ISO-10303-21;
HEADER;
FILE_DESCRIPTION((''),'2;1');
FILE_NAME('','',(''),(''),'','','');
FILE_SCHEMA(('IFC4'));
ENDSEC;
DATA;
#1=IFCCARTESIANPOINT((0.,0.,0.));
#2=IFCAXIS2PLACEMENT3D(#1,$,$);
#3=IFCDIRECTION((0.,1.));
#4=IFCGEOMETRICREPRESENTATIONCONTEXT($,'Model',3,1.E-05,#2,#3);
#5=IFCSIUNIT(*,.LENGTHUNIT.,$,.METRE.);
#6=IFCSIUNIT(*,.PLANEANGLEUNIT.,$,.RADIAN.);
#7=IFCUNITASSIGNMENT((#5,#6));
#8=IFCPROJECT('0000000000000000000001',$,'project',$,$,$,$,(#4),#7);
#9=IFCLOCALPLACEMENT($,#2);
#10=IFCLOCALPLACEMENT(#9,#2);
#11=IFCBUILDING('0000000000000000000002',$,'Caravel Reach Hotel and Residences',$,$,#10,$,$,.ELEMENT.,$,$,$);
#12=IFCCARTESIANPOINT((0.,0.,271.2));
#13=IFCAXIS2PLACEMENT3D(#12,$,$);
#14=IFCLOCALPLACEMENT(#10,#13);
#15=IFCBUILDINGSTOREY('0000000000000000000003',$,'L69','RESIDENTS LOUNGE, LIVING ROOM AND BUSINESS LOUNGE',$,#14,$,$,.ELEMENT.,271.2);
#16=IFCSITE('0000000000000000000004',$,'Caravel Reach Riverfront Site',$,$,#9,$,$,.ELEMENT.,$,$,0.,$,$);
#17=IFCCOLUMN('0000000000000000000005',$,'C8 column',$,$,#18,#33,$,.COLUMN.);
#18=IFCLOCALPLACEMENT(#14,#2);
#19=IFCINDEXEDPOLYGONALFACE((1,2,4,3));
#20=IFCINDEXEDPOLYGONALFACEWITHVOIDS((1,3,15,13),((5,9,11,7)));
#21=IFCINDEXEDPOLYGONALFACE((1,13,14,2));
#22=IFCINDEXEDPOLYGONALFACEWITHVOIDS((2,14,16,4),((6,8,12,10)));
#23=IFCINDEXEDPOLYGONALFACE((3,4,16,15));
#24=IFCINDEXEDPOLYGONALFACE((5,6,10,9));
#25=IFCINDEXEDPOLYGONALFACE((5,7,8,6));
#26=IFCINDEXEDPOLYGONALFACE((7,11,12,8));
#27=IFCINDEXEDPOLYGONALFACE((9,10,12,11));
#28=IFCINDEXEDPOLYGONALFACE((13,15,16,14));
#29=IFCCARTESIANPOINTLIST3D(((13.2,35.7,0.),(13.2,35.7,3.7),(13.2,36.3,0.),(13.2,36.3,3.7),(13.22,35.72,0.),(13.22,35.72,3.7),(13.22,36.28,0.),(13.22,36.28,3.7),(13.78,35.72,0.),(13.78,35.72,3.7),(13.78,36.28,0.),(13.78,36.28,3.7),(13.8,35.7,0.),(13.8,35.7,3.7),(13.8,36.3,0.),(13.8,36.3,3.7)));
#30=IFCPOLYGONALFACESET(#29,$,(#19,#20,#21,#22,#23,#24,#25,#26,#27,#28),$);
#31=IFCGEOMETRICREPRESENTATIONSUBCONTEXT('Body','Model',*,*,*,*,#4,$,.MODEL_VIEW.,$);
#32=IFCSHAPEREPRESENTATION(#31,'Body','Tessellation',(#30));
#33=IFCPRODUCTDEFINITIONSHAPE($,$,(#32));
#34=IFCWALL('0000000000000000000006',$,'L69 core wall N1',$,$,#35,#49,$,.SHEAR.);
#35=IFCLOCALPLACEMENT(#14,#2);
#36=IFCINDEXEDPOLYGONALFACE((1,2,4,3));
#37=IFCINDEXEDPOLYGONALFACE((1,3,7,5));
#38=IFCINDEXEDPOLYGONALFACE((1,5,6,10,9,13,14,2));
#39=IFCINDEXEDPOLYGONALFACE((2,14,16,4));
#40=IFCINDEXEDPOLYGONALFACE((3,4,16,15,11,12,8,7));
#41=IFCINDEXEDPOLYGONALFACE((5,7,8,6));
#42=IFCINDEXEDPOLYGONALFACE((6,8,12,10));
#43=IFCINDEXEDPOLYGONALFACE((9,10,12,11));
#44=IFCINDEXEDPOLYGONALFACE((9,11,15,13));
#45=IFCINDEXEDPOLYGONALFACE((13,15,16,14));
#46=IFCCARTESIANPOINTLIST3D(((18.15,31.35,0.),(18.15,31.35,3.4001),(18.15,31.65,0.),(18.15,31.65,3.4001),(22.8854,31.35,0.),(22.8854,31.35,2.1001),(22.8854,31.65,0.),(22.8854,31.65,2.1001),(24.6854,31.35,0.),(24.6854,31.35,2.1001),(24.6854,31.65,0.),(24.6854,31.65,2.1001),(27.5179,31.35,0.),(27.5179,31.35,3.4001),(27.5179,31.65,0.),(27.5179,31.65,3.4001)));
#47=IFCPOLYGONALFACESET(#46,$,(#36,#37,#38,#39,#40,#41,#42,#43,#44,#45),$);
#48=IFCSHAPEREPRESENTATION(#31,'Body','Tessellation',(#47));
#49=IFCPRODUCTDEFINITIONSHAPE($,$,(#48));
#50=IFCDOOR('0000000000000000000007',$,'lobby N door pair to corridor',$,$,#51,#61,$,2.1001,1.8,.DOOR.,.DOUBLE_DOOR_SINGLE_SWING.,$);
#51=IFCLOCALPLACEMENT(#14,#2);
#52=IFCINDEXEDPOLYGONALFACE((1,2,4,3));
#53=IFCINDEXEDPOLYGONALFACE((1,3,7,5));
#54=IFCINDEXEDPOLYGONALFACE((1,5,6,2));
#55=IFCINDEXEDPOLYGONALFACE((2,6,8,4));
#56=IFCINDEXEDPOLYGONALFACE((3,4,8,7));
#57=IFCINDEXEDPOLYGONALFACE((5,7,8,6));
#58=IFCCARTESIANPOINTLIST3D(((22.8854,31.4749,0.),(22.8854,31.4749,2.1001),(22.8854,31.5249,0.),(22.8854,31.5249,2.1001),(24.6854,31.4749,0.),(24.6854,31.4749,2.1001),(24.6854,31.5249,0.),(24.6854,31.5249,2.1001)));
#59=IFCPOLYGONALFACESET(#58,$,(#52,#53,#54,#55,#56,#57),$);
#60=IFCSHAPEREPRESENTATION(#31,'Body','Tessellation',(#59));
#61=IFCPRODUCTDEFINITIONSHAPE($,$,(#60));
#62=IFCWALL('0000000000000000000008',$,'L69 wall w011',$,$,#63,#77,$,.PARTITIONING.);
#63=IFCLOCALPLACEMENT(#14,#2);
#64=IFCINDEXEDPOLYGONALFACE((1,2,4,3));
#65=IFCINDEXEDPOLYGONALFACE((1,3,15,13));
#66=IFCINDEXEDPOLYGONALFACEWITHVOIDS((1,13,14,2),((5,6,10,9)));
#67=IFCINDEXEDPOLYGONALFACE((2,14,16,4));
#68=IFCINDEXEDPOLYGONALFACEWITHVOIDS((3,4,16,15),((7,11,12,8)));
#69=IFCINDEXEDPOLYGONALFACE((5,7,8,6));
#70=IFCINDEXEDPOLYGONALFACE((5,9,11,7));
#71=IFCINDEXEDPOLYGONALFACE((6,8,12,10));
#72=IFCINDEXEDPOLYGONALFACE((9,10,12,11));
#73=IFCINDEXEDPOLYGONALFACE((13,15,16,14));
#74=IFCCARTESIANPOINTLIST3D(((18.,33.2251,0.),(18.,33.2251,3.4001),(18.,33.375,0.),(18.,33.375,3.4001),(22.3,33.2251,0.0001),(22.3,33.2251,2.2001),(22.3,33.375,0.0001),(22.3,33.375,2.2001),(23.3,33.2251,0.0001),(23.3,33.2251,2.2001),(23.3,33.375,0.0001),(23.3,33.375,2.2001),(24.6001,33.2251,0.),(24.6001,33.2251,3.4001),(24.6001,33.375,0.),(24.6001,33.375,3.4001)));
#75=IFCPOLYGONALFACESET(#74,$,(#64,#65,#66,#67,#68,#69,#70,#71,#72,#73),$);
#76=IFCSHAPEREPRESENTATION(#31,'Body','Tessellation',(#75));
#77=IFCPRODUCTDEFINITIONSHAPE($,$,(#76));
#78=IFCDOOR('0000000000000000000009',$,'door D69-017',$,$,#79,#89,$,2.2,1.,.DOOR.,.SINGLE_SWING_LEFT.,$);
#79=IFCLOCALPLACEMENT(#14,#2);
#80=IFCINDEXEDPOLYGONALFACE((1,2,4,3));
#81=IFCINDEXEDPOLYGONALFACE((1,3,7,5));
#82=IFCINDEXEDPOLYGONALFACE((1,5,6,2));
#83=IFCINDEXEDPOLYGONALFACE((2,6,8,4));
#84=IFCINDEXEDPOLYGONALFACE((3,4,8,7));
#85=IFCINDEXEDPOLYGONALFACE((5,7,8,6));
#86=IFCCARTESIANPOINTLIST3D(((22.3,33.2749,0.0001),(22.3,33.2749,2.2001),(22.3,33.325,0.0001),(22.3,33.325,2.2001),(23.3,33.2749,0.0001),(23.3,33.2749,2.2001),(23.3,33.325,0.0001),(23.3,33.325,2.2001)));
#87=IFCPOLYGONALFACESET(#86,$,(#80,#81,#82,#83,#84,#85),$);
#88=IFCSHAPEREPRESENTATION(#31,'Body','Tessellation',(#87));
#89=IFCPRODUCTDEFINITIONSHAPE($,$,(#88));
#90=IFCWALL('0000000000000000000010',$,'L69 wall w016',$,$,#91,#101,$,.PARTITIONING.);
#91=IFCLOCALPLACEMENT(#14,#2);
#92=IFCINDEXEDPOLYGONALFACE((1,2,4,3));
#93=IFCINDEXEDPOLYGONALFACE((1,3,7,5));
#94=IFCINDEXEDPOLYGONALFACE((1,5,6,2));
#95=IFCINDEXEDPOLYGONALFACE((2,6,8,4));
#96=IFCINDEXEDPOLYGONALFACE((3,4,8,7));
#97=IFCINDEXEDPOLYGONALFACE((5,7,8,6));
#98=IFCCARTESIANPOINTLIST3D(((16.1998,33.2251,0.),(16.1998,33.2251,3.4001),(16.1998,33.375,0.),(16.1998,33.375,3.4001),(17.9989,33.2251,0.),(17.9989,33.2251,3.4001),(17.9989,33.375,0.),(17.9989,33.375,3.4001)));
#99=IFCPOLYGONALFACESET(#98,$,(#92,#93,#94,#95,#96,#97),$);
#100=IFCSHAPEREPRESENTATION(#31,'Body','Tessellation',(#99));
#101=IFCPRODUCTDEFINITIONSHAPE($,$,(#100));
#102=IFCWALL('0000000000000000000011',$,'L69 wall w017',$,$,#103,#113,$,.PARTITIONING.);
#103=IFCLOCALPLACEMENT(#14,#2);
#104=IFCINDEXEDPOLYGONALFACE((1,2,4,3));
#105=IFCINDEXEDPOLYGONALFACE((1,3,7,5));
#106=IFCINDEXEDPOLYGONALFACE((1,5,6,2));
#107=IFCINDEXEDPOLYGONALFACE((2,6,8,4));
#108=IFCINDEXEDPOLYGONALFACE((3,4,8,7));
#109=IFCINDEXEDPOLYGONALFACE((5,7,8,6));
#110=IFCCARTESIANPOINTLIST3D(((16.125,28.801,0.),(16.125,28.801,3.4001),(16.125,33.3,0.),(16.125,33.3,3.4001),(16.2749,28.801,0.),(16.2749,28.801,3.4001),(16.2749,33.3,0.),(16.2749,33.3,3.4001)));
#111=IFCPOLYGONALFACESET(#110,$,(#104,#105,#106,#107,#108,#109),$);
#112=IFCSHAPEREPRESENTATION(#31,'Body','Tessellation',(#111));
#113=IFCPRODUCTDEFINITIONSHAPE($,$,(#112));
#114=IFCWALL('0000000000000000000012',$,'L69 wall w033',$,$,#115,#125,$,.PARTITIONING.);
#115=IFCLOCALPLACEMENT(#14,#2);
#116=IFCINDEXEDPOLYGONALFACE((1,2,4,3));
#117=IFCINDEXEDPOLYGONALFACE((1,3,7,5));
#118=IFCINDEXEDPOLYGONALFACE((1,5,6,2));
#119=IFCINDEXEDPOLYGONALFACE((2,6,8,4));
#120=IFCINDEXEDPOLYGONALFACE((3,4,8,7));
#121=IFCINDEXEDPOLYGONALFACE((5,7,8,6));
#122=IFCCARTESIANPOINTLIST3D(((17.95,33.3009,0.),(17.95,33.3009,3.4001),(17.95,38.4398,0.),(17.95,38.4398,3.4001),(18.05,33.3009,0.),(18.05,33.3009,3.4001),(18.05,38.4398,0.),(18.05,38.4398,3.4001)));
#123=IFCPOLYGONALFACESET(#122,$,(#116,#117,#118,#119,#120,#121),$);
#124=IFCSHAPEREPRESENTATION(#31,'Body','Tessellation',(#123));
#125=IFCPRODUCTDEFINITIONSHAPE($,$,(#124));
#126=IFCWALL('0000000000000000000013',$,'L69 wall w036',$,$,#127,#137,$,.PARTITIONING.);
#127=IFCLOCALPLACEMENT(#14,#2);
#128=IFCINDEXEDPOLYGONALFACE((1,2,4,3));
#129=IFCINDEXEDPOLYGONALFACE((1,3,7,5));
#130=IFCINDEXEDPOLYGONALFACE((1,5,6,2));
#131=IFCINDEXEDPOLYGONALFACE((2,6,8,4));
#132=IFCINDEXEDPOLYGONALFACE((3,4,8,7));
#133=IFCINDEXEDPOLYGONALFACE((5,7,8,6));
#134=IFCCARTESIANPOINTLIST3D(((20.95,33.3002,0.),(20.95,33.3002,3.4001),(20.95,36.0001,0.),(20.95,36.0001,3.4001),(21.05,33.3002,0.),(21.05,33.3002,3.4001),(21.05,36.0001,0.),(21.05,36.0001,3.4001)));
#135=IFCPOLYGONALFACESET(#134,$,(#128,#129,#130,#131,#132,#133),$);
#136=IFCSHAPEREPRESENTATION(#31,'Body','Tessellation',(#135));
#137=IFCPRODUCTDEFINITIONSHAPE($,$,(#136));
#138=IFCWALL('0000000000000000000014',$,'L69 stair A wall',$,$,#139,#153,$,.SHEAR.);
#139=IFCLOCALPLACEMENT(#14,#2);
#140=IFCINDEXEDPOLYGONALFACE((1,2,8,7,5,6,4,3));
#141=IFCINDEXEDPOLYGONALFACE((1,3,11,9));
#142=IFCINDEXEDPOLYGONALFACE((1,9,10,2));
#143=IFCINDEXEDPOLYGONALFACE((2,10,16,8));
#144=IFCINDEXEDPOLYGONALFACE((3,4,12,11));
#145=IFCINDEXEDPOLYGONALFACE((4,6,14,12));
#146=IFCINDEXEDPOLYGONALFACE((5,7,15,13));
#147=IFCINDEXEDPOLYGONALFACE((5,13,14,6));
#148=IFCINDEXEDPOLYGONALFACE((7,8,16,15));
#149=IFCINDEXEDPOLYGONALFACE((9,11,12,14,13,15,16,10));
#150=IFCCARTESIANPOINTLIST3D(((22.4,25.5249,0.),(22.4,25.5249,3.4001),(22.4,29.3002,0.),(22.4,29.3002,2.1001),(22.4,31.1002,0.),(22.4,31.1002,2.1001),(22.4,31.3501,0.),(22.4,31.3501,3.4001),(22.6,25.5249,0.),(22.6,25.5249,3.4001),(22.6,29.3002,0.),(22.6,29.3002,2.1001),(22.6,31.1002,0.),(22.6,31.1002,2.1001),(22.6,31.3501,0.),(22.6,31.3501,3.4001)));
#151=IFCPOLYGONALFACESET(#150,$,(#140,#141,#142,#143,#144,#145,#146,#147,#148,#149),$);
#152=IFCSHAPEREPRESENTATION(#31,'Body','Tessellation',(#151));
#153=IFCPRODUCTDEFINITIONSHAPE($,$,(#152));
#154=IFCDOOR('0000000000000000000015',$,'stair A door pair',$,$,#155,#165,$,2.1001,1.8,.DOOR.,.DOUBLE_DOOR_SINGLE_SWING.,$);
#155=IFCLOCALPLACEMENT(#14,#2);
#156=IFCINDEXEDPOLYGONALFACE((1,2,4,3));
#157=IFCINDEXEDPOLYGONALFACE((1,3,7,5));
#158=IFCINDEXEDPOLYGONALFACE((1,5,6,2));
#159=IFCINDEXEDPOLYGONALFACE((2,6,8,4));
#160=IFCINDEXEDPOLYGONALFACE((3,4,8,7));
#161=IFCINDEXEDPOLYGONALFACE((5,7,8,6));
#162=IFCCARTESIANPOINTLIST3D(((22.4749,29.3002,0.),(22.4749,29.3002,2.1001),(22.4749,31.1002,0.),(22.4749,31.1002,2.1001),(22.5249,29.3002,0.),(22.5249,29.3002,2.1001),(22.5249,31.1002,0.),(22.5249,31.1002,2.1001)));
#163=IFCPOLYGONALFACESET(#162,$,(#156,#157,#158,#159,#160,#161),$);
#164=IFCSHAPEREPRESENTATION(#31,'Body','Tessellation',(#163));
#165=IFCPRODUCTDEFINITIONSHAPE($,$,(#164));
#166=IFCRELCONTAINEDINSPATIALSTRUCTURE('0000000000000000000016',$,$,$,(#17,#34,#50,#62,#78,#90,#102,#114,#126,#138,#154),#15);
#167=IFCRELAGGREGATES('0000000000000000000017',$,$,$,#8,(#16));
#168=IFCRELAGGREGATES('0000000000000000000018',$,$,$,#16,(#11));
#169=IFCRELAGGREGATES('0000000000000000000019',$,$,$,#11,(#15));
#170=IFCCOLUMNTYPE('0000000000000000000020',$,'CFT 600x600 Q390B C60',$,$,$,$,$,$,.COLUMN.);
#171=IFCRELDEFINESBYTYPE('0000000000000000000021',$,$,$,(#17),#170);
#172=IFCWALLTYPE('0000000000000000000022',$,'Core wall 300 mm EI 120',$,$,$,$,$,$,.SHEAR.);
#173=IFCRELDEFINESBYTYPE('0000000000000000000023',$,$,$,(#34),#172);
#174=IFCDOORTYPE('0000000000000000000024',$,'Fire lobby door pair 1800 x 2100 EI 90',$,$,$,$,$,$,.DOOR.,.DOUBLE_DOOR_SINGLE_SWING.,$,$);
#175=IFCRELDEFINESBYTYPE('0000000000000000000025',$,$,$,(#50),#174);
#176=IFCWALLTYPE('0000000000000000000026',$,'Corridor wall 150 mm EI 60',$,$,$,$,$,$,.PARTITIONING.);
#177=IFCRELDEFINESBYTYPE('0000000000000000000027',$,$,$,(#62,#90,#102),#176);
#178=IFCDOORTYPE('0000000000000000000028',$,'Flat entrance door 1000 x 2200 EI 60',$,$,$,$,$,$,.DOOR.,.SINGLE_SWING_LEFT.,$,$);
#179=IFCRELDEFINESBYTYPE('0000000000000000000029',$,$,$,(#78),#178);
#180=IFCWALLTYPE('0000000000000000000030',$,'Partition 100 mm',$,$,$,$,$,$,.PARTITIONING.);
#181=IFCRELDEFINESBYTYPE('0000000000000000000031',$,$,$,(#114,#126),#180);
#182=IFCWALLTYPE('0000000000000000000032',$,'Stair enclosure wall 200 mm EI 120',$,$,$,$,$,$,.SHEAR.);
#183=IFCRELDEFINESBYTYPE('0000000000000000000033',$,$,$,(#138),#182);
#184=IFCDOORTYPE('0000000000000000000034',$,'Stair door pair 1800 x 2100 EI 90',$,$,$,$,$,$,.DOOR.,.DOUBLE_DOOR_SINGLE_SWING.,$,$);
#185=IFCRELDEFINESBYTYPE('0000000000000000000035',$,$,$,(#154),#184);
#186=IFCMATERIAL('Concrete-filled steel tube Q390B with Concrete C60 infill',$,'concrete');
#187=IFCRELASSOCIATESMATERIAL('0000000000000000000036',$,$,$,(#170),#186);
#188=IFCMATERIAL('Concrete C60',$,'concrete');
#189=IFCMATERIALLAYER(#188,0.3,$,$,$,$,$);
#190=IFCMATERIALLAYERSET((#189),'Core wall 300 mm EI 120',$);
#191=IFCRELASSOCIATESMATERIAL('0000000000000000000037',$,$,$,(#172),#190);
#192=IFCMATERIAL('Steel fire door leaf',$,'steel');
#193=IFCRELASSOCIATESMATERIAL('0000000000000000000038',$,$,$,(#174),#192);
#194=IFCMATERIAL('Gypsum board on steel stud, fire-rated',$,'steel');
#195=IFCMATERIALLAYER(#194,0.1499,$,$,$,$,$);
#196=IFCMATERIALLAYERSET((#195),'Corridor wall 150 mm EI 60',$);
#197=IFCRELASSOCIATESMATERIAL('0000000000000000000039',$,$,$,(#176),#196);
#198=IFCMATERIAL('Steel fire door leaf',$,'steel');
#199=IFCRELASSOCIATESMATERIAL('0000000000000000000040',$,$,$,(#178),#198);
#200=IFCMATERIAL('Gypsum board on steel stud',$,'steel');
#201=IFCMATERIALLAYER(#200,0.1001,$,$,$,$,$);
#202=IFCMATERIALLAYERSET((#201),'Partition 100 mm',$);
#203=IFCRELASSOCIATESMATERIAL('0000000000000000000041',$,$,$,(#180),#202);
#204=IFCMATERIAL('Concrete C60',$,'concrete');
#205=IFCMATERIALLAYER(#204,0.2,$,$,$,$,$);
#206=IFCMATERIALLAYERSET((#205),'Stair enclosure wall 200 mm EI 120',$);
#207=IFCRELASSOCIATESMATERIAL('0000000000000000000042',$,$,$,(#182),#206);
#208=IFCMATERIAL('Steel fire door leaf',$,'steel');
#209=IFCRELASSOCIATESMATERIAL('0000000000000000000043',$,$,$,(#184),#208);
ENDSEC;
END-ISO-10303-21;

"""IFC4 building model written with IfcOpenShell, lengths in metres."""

from ifc_helpers import new_model, si_unit, direction, frame, frame_2d, origin, origin_2d, place, context, subcontext, project, spatial, rectangle, hollow_rectangle, extrude, material, layer, layer_set, material_profile, profile_set, type_object, element, fill, save


model = new_model("IFC4")

# Units and contexts
model_context = context("Model", 3, precision=1e-05, world=origin(), true_north=direction((0.0, 1.0)))
body_context = subcontext(model_context, "Body", "Model", "MODEL_VIEW")
ifc_project = project(units=[si_unit("LENGTHUNIT", "METRE"), si_unit("PLANEANGLEUNIT", "RADIAN")], contexts=[model_context])

# Site, building, storey
site_placement = place(None, origin())
site = spatial("IfcSite", under=ifc_project, at=site_placement, Name="Caravel Reach Riverfront Site", CompositionType="ELEMENT", RefElevation=0.0)
building_placement = place(site_placement, origin())
building = spatial("IfcBuilding", under=site, at=building_placement, Name="Caravel Reach Hotel and Residences", CompositionType="ELEMENT")
storey_placement = place(building_placement, frame((0.0, 0.0, 271.2)))
storey = spatial("IfcBuildingStorey", under=building, at=storey_placement, Name="L69", Description="RESIDENTS LOUNGE, LIVING ROOM AND BUSINESS LOUNGE", CompositionType="ELEMENT", Elevation=271.2)

# Column
ifc_material_1 = material(Name="Concrete-filled steel tube Q390B with Concrete C60 infill", Category="concrete")
ifc_material_profile = material_profile(ifc_material_1, hollow_rectangle(XDim=0.6001, YDim=0.6001, WallThickness=0.02, at=origin_2d()), Name="RHS 600x600x20")
ifc_profile_set = profile_set([ifc_material_profile], Name="Concrete-filled steel tube Q390B with Concrete C60 infill")
column_type = type_object("IfcColumnType", Name="CFT 600x600 Q390B C60", PredefinedType="COLUMN", material=ifc_profile_set)
column_placement = place(storey_placement, frame((13.5, 36.0, 0.0), z_axis=(0.0, 0.0, 1.0), x_axis=(1.0, 0.0, 0.0)))
element("IfcColumn", 1, at=column_placement, inside=storey, type_object=column_type, Name="C8 column", PredefinedType="COLUMN", context=body_context, shape_type="SweptSolid", body=[
    extrude(hollow_rectangle(XDim=0.6001, YDim=0.6001, WallThickness=0.02, at=origin_2d()), origin(), (0.0, 0.0, 1.0), 3.7),
])

# Walls, openings, doors
ifc_material_2 = material(Name="Concrete C60", Category="concrete")
ifc_layer_1 = layer(ifc_material_2, 0.3)
ifc_layer_set_1 = layer_set([ifc_layer_1], Name="Core wall 300 mm EI 120")
wall_type_1 = type_object("IfcWallType", Name="Core wall 300 mm EI 120", PredefinedType="SHEAR", material=ifc_layer_set_1)
wall_1_placement = place(storey_placement, frame((18.1499, 31.5, 0.0), z_axis=(0.0, 0.0, 1.0), x_axis=(1.0, 0.0, 0.0)))
wall_1 = element("IfcWall", 2, at=wall_1_placement, inside=storey, type_object=wall_type_1, Name="L69 core wall N1", PredefinedType="SHEAR", context=body_context, shape_type="SweptSolid", body=[
    extrude(rectangle(XDim=9.3679, YDim=0.3, at=frame_2d((4.6841, 0.0))), origin(), (0.0, 0.0, 1.0), 3.4001),
])
opening_1_placement = place(wall_1_placement, frame((4.7356, 0.0, 0.0)))
opening_1 = element("IfcOpeningElement", 3, at=opening_1_placement, cuts=wall_1, PredefinedType="OPENING", context=body_context, shape_type="SweptSolid", body=[
    extrude(rectangle(XDim=1.8, YDim=2.1001, at=frame_2d((0.8999, 1.05))), frame((0.0, 0.1599, 0.0), z_axis=(0.0, -1.0, 0.0), x_axis=(1.0, 0.0, 0.0)), (0.0, 0.0, 1.0), 0.3201),
])
ifc_material_3 = material(Name="Steel fire door leaf", Category="steel")
door_type_1 = type_object("IfcDoorType", Name="Fire lobby door pair 1800 x 2100 EI 90", OperationType="DOUBLE_DOOR_SINGLE_SWING", PredefinedType="DOOR", material=ifc_material_3)
door_1_placement = place(opening_1_placement, origin())
door_1 = element("IfcDoor", 4, at=door_1_placement, inside=storey, type_object=door_type_1, Name="lobby N door pair to corridor", OperationType="DOUBLE_DOOR_SINGLE_SWING", OverallHeight=2.1001, OverallWidth=1.8, PredefinedType="DOOR", context=body_context, shape_type="SweptSolid", body=[
    extrude(rectangle(XDim=1.8, YDim=2.1001, at=frame_2d((0.8999, 1.05))), frame((0.0, 0.0249, 0.0), z_axis=(0.0, -1.0, 0.0), x_axis=(1.0, 0.0, 0.0)), (0.0, 0.0, 1.0), 0.05),
])
fill(opening_1, door_1)
ifc_material_4 = material(Name="Gypsum board on steel stud, fire-rated", Category="steel")
ifc_layer_2 = layer(ifc_material_4, 0.1499)
ifc_layer_set_2 = layer_set([ifc_layer_2], Name="Corridor wall 150 mm EI 60")
wall_type_2 = type_object("IfcWallType", Name="Corridor wall 150 mm EI 60", PredefinedType="PARTITIONING", material=ifc_layer_set_2)
wall_2_placement = place(storey_placement, frame((18.0, 33.3, 0.0), z_axis=(0.0, 0.0, 1.0), x_axis=(1.0, 0.0, 0.0)))
wall_2 = element("IfcWall", 5, at=wall_2_placement, inside=storey, type_object=wall_type_2, Name="L69 wall w011", PredefinedType="PARTITIONING", context=body_context, shape_type="SweptSolid", body=[
    extrude(rectangle(XDim=6.6001, YDim=0.1499, at=frame_2d((3.3, 0.0))), origin(), (0.0, 0.0, 1.0), 3.4001),
])
opening_2_placement = place(wall_2_placement, frame((4.3, 0.0, 0.0)))
opening_2 = element("IfcOpeningElement", 6, at=opening_2_placement, cuts=wall_2, PredefinedType="OPENING", context=body_context, shape_type="SweptSolid", body=[
    extrude(rectangle(XDim=1.0, YDim=2.2, at=frame_2d((0.5, 1.1001))), frame((0.0, 0.085, 0.0), z_axis=(0.0, -1.0, 0.0), x_axis=(1.0, 0.0, 0.0)), (0.0, 0.0, 1.0), 0.1699),
])
ifc_material_5 = material(Name="Steel fire door leaf", Category="steel")
door_type_2 = type_object("IfcDoorType", Name="Flat entrance door 1000 x 2200 EI 60", OperationType="SINGLE_SWING_LEFT", PredefinedType="DOOR", material=ifc_material_5)
door_2_placement = place(opening_2_placement, origin())
door_2 = element("IfcDoor", 7, at=door_2_placement, inside=storey, type_object=door_type_2, Name="door D69-017", OperationType="SINGLE_SWING_LEFT", OverallHeight=2.2, OverallWidth=1.0, PredefinedType="DOOR", context=body_context, shape_type="SweptSolid", body=[
    extrude(rectangle(XDim=1.0, YDim=2.2, at=frame_2d((0.5, 1.1001))), frame((0.0, 0.0249, 0.0), z_axis=(0.0, -1.0, 0.0), x_axis=(1.0, 0.0, 0.0)), (0.0, 0.0, 1.0), 0.05),
])
fill(opening_2, door_2)

# Walls
wall_3_placement = place(storey_placement, frame((16.2, 33.3, 0.0), z_axis=(0.0, 0.0, 1.0), x_axis=(1.0, 0.0, 0.0)))
element("IfcWall", 8, at=wall_3_placement, inside=storey, type_object=wall_type_2, Name="L69 wall w016", PredefinedType="PARTITIONING", context=body_context, shape_type="SweptSolid", body=[
    extrude(rectangle(XDim=1.7991, YDim=0.1499, at=frame_2d((0.8994, 0.0))), origin(), (0.0, 0.0, 1.0), 3.4001),
])
wall_4_placement = place(storey_placement, frame((16.2, 28.801, 0.0), z_axis=(0.0, 0.0, 1.0), x_axis=(0.0, 1.0, 0.0)))
element("IfcWall", 9, at=wall_4_placement, inside=storey, type_object=wall_type_2, Name="L69 wall w017", PredefinedType="PARTITIONING", context=body_context, shape_type="SweptSolid", body=[
    extrude(rectangle(XDim=4.499, YDim=0.1499, at=frame_2d((2.2495, 0.0))), origin(), (0.0, 0.0, 1.0), 3.4001),
])
ifc_material_6 = material(Name="Gypsum board on steel stud", Category="steel")
ifc_layer_3 = layer(ifc_material_6, 0.1001)
ifc_layer_set_3 = layer_set([ifc_layer_3], Name="Partition 100 mm")
wall_type_3 = type_object("IfcWallType", Name="Partition 100 mm", PredefinedType="PARTITIONING", material=ifc_layer_set_3)
wall_5_placement = place(storey_placement, frame((18.0, 33.301, 0.0), z_axis=(0.0, 0.0, 1.0), x_axis=(0.0, 1.0, 0.0)))
element("IfcWall", 10, at=wall_5_placement, inside=storey, type_object=wall_type_3, Name="L69 wall w033", PredefinedType="PARTITIONING", context=body_context, shape_type="SweptSolid", body=[
    extrude(rectangle(XDim=5.1389, YDim=0.1001, at=frame_2d((2.5693, 0.0))), origin(), (0.0, 0.0, 1.0), 3.4001),
])
wall_6_placement = place(storey_placement, frame((21.0, 33.3, 0.0), z_axis=(0.0, 0.0, 1.0), x_axis=(0.0, 1.0, 0.0)))
element("IfcWall", 11, at=wall_6_placement, inside=storey, type_object=wall_type_3, Name="L69 wall w036", PredefinedType="PARTITIONING", context=body_context, shape_type="SweptSolid", body=[
    extrude(rectangle(XDim=2.7, YDim=0.1001, at=frame_2d((1.3501, 0.0))), origin(), (0.0, 0.0, 1.0), 3.4001),
])

# Wall, opening, door
ifc_material_7 = material(Name="Concrete C60", Category="concrete")
ifc_layer_4 = layer(ifc_material_7, 0.2)
ifc_layer_set_4 = layer_set([ifc_layer_4], Name="Stair enclosure wall 200 mm EI 120")
wall_type_4 = type_object("IfcWallType", Name="Stair enclosure wall 200 mm EI 120", PredefinedType="SHEAR", material=ifc_layer_set_4)
wall_7_placement = place(storey_placement, frame((22.5, 31.3501, 0.0), z_axis=(0.0, 0.0, 1.0), x_axis=(0.0, -1.0, 0.0)))
wall_7 = element("IfcWall", 12, at=wall_7_placement, inside=storey, type_object=wall_type_4, Name="L69 stair A wall", PredefinedType="SHEAR", context=body_context, shape_type="SweptSolid", body=[
    extrude(rectangle(XDim=5.8252, YDim=0.2, at=frame_2d((2.9126, 0.0))), origin(), (0.0, 0.0, 1.0), 3.4001),
])
opening_3_placement = place(wall_7_placement, frame((0.25, 0.0, 0.0)))
opening_3 = element("IfcOpeningElement", 13, at=opening_3_placement, cuts=wall_7, PredefinedType="OPENING", context=body_context, shape_type="SweptSolid", body=[
    extrude(rectangle(XDim=1.8, YDim=2.1001, at=frame_2d((0.8999, 1.05))), frame((0.0, 0.1099, 0.0), z_axis=(0.0, -1.0, 0.0), x_axis=(1.0, 0.0, 0.0)), (0.0, 0.0, 1.0), 0.22),
])
ifc_material_8 = material(Name="Steel fire door leaf", Category="steel")
door_type_3 = type_object("IfcDoorType", Name="Stair door pair 1800 x 2100 EI 90", OperationType="DOUBLE_DOOR_SINGLE_SWING", PredefinedType="DOOR", material=ifc_material_8)
door_3_placement = place(opening_3_placement, origin())
door_3 = element("IfcDoor", 14, at=door_3_placement, inside=storey, type_object=door_type_3, Name="stair A door pair", OperationType="DOUBLE_DOOR_SINGLE_SWING", OverallHeight=2.1001, OverallWidth=1.8, PredefinedType="DOOR", context=body_context, shape_type="SweptSolid", body=[
    extrude(rectangle(XDim=1.8, YDim=2.1001, at=frame_2d((0.8999, 1.05))), frame((0.0, 0.0249, 0.0), z_axis=(0.0, -1.0, 0.0), x_axis=(1.0, 0.0, 0.0)), (0.0, 0.0, 1.0), 0.05),
])
fill(opening_3, door_3)

save(model, "model.ifc")
